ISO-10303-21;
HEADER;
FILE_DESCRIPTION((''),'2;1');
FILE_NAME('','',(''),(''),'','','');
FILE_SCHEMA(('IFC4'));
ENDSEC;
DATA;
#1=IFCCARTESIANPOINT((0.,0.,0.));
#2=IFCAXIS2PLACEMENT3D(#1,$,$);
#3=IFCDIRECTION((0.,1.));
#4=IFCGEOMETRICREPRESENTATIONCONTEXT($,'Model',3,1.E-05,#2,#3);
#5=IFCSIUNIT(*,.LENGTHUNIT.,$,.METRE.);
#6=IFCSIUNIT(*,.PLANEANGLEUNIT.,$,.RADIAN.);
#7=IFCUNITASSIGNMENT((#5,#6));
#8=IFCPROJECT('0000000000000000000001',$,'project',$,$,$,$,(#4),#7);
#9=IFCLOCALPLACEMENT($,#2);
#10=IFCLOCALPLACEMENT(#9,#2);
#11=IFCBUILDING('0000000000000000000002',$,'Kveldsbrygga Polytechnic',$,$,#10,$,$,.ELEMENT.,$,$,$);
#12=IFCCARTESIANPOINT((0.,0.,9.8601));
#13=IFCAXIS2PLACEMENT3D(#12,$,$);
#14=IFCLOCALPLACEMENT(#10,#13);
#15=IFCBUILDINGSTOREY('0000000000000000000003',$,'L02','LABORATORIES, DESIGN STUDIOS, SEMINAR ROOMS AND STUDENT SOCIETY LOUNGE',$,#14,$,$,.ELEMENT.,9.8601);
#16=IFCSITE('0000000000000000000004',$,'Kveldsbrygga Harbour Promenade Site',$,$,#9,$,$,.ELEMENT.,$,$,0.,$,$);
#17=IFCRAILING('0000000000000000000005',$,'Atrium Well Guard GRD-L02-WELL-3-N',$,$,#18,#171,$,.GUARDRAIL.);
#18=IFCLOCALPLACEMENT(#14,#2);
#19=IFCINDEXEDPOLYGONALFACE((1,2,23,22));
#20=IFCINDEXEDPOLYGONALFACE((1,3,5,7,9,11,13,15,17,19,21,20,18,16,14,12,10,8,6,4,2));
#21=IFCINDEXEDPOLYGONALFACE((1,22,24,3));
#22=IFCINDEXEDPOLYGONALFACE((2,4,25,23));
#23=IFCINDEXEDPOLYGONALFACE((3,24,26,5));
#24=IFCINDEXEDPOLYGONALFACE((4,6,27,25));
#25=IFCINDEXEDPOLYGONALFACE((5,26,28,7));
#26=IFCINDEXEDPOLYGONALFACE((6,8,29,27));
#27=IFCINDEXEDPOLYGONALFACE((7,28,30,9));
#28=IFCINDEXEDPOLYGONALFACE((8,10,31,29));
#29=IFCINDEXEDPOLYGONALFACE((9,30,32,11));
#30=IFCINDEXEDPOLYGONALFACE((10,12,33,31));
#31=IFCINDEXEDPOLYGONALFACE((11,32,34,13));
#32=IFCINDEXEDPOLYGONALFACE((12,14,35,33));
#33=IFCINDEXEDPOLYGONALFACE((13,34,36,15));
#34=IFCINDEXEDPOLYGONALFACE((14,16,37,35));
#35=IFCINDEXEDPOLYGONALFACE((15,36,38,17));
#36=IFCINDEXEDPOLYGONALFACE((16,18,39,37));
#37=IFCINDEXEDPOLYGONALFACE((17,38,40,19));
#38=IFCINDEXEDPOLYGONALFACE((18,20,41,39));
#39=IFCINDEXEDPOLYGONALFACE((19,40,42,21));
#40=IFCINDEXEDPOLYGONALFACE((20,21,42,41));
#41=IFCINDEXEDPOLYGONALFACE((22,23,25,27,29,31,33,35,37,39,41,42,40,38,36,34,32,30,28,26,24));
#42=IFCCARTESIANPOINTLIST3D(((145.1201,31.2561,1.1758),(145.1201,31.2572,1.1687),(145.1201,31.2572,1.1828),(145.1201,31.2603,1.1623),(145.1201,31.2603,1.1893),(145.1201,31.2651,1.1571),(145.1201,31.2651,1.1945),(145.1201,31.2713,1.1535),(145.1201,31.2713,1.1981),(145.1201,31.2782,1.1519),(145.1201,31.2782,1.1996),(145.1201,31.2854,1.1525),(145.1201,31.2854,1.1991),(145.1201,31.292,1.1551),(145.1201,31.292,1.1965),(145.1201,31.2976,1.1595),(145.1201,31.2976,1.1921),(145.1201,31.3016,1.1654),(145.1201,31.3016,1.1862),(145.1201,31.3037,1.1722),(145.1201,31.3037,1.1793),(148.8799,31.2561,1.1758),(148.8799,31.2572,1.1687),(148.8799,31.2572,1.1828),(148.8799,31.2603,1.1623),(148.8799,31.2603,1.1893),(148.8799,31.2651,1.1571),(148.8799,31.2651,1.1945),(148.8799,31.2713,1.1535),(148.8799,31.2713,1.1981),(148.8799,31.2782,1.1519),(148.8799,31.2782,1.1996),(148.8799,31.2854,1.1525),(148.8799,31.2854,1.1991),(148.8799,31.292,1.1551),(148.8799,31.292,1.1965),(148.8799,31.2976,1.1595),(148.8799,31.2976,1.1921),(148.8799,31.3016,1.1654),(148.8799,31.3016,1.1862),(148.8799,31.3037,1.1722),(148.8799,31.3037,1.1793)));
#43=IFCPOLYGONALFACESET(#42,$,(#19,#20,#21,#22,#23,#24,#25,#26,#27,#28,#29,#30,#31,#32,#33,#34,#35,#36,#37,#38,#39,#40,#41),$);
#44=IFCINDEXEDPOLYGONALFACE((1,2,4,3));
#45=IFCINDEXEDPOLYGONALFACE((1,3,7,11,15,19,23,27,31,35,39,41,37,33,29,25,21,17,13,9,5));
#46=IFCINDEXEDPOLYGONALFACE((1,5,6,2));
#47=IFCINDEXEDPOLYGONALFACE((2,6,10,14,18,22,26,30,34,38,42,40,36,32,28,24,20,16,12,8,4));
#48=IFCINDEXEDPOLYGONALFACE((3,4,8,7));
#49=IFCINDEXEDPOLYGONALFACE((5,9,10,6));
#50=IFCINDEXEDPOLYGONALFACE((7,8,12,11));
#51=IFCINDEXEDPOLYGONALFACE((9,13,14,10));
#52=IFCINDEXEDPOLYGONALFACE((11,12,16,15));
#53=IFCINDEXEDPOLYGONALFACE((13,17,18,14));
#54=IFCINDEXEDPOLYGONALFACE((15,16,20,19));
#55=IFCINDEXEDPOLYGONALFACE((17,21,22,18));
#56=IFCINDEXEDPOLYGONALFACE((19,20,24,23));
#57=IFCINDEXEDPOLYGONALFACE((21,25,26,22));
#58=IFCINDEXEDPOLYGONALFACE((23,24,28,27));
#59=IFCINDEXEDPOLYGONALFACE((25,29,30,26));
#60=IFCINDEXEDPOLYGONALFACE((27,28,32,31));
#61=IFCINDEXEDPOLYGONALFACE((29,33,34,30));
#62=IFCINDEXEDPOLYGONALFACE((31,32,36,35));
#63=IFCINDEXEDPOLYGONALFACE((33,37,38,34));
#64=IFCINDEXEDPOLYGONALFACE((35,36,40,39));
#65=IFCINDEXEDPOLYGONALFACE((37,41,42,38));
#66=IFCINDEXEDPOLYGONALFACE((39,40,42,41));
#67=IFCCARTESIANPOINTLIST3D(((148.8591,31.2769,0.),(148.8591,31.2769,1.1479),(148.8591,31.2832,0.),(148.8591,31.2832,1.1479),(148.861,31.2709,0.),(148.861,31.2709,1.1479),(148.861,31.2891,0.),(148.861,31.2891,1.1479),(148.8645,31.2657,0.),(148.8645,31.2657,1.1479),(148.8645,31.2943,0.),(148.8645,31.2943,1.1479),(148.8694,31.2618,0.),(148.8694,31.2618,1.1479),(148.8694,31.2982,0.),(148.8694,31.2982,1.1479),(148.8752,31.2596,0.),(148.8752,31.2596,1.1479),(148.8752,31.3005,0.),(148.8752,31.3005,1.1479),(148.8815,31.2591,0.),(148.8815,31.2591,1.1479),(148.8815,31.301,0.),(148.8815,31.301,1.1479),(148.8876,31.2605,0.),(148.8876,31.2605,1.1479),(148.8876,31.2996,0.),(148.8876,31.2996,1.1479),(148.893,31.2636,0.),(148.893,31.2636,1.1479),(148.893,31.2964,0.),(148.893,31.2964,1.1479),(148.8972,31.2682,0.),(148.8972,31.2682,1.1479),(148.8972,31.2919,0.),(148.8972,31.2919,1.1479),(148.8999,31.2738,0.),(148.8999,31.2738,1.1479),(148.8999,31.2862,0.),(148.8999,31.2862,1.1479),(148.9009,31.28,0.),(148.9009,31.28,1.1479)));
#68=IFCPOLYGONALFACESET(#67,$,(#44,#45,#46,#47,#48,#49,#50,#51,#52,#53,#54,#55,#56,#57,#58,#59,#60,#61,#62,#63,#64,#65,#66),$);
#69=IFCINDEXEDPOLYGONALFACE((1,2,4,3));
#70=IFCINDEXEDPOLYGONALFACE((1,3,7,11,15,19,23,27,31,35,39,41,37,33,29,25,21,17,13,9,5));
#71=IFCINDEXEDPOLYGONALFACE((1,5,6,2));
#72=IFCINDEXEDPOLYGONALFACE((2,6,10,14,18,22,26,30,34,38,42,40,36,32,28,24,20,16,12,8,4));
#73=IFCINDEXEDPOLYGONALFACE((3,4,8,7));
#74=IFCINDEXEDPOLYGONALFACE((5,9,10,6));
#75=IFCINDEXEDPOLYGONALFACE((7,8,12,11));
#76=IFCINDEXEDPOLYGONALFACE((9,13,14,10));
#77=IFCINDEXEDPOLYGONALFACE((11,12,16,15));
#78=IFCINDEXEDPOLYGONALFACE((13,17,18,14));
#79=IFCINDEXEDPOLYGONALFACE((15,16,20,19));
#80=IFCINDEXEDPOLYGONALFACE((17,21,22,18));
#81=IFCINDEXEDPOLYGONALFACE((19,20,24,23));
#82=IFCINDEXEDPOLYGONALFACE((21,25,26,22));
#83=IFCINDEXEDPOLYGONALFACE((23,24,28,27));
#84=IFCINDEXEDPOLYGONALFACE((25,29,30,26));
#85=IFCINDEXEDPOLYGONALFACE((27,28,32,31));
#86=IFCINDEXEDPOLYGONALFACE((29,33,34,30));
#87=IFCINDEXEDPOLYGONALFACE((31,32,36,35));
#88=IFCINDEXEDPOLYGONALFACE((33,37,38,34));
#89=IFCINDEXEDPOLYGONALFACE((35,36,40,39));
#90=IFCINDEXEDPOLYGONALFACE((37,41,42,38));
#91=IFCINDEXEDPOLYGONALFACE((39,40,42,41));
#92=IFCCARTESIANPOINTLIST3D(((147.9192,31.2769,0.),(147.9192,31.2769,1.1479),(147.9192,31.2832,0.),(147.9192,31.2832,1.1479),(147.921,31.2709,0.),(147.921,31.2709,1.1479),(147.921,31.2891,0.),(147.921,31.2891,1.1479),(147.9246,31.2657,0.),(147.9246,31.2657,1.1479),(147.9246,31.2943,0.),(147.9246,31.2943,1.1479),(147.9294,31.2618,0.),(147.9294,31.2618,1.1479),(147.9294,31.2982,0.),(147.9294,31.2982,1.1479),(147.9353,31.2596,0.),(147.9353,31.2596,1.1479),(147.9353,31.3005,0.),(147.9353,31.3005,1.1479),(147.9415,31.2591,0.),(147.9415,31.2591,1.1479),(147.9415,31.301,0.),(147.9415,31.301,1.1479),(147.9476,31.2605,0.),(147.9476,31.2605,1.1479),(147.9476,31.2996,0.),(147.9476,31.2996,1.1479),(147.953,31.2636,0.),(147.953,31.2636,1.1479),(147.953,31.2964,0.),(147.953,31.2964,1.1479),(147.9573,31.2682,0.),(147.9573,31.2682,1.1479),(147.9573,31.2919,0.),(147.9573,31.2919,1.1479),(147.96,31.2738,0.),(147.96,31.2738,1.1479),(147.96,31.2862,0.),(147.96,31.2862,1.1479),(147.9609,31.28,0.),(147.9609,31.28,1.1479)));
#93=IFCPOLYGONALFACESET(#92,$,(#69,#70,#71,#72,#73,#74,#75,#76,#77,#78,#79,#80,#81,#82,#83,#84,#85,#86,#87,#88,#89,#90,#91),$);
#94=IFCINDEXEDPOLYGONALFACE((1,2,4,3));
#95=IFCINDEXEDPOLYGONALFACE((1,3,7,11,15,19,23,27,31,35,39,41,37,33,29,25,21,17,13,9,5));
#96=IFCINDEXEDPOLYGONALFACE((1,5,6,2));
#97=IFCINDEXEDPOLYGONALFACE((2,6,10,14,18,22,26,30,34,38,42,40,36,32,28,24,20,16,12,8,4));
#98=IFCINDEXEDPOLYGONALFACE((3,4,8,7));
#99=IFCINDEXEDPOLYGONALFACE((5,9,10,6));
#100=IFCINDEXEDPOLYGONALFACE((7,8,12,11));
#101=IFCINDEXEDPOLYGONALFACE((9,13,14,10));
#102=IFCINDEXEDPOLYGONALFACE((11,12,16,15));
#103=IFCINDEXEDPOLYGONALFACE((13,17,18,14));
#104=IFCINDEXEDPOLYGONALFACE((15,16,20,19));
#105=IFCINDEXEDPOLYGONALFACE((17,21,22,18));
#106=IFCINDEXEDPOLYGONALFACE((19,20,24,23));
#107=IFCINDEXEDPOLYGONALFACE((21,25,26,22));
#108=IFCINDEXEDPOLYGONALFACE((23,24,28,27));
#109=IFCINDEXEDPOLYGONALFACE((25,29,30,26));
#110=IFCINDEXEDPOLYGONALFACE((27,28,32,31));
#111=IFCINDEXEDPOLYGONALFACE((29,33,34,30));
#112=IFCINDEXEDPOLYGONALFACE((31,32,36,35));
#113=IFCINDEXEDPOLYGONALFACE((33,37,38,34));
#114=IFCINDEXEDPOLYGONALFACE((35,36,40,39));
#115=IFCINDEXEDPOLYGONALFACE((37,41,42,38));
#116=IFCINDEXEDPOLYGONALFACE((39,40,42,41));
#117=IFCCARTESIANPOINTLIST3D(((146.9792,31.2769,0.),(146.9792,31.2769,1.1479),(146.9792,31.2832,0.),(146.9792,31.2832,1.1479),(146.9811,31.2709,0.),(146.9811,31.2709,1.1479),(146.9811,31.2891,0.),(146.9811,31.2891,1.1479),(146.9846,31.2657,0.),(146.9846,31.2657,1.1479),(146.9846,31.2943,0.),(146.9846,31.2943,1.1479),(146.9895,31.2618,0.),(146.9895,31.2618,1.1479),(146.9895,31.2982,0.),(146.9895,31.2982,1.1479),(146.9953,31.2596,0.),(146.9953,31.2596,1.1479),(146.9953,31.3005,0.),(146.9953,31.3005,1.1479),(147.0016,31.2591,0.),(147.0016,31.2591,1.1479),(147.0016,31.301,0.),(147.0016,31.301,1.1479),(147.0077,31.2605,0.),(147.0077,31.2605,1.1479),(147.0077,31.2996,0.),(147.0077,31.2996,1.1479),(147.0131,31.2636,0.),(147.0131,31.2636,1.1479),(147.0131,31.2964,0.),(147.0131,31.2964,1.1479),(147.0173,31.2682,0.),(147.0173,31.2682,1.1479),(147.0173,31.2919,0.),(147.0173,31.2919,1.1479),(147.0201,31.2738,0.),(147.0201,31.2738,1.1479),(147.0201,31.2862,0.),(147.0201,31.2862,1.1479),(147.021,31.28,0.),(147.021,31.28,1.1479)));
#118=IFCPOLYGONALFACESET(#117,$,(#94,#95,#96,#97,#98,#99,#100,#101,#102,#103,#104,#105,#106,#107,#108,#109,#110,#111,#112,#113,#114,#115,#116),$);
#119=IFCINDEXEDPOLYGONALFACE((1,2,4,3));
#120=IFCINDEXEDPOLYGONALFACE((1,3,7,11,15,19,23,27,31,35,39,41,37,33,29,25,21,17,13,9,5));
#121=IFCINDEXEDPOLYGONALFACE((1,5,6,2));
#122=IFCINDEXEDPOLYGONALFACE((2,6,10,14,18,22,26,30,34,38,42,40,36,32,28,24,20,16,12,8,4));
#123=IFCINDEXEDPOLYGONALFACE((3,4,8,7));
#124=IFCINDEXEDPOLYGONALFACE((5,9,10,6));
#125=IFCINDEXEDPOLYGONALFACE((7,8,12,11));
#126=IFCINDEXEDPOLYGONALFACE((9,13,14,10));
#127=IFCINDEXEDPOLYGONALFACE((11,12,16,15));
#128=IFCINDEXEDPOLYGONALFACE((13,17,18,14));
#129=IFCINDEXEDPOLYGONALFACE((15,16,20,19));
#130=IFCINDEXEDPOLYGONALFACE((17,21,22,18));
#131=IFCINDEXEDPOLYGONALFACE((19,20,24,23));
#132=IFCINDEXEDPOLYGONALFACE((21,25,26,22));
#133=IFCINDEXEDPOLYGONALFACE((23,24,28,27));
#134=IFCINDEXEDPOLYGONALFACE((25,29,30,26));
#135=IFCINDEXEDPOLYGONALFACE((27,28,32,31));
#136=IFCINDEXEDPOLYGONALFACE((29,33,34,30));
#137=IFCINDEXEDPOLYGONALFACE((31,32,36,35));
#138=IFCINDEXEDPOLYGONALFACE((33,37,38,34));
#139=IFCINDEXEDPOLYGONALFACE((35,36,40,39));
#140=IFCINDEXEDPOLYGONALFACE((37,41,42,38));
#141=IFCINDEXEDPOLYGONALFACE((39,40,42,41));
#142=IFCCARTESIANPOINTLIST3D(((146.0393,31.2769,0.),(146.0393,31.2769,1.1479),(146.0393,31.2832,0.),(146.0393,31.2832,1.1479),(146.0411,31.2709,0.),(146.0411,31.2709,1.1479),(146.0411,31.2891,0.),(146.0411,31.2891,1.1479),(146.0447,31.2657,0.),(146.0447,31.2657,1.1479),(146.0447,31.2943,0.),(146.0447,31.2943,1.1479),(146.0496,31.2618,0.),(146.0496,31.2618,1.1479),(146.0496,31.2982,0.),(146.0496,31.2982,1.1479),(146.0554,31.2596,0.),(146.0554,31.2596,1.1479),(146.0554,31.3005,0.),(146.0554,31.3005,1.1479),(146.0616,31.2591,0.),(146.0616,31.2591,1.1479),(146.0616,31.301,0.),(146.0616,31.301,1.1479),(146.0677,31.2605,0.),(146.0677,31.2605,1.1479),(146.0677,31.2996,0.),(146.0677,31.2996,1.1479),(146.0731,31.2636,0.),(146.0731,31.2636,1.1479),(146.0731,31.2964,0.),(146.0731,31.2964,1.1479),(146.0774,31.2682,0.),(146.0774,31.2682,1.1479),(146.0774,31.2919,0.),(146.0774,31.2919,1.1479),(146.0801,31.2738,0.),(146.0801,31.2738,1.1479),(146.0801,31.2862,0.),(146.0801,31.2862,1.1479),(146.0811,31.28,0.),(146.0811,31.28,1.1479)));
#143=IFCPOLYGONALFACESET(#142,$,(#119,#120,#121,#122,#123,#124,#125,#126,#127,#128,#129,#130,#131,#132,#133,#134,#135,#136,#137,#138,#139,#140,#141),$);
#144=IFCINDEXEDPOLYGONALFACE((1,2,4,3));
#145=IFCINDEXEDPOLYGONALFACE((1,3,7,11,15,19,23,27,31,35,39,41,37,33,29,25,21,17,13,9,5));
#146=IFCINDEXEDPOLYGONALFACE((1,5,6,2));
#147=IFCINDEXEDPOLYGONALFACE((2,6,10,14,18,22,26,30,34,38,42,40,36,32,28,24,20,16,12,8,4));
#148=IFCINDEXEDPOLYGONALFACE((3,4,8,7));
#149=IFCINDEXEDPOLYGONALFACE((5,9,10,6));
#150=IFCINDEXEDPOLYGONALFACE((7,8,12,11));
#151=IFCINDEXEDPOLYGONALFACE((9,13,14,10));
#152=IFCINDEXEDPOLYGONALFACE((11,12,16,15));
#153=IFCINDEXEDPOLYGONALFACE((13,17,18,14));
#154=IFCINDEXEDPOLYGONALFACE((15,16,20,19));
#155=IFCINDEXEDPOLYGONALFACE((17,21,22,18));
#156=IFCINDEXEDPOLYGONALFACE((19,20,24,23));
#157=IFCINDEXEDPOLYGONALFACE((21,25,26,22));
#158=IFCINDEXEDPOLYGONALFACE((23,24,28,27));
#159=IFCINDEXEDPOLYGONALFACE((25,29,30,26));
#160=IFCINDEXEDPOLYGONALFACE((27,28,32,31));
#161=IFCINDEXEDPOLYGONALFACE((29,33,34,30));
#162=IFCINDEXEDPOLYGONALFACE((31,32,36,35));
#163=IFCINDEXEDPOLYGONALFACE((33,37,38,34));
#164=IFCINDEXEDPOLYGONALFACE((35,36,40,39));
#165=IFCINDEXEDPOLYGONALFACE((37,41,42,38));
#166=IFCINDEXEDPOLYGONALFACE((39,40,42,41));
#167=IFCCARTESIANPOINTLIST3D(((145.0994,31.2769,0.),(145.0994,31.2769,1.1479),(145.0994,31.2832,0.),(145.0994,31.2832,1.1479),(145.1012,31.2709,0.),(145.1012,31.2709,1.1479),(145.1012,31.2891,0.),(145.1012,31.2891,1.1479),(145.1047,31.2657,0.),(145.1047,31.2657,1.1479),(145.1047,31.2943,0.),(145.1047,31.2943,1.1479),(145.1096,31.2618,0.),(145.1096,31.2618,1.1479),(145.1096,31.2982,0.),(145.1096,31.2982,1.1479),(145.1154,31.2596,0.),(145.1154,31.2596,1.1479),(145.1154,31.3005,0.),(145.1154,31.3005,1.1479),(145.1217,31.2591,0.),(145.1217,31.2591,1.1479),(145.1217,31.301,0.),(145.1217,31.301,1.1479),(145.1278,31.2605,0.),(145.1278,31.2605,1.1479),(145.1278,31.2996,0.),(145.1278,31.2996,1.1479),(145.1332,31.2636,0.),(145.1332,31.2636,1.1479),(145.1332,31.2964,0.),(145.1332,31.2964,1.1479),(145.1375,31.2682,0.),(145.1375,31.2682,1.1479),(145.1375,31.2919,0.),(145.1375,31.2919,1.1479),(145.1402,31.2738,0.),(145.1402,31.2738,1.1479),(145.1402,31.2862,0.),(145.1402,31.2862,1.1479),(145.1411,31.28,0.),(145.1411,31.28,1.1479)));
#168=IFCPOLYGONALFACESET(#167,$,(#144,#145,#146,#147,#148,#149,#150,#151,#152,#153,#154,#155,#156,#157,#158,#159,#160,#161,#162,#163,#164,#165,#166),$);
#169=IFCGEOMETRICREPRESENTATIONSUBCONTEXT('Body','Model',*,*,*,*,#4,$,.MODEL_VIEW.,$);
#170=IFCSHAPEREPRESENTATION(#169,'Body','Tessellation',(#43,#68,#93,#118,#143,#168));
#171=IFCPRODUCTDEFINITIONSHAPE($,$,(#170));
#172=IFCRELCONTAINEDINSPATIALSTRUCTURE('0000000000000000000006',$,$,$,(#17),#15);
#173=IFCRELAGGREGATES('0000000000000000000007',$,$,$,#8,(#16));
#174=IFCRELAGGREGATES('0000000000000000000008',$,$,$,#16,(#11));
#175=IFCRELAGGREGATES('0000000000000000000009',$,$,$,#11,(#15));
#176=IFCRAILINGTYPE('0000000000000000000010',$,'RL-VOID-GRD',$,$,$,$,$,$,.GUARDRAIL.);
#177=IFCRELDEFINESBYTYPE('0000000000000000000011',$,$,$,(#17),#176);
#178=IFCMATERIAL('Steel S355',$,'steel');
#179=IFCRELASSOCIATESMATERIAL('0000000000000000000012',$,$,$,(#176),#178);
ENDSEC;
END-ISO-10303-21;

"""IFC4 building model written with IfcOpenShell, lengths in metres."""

from ifc_helpers import new_model, si_unit, direction, frame, origin, origin_2d, place, context, subcontext, project, spatial, circle, extrude, material, type_object, element, save


model = new_model("IFC4")

# Units and contexts
model_context = context("Model", 3, precision=1e-05, world=origin(), true_north=direction((0.0, 1.0)))
body_context = subcontext(model_context, "Body", "Model", "MODEL_VIEW")
ifc_project = project(units=[si_unit("LENGTHUNIT", "METRE"), si_unit("PLANEANGLEUNIT", "RADIAN")], contexts=[model_context])

# Site, building, storey
site_placement = place(None, origin())
site = spatial("IfcSite", under=ifc_project, at=site_placement, Name="Kveldsbrygga Harbour Promenade Site", CompositionType="ELEMENT", RefElevation=0.0)
building_placement = place(site_placement, origin())
building = spatial("IfcBuilding", under=site, at=building_placement, Name="Kveldsbrygga Polytechnic", CompositionType="ELEMENT")
storey_placement = place(building_placement, frame((0.0, 0.0, 9.8601)))
storey = spatial("IfcBuildingStorey", under=building, at=storey_placement, Name="L02", Description="LABORATORIES, DESIGN STUDIOS, SEMINAR ROOMS AND STUDENT SOCIETY LOUNGE", CompositionType="ELEMENT", Elevation=9.8601)

# Shared definitions
ifc_material_1 = material(Name="Steel S355", Category="steel")

# Railing
railing_type_1 = type_object("IfcRailingType", Name="RL-VOID-GRD", PredefinedType="GUARDRAIL", material=ifc_material_1)
railing_1_placement = place(storey_placement, frame((148.8799, 31.28, 0.0)))
element("IfcRailing", 1, at=railing_1_placement, inside=storey, type_object=railing_type_1, Name="Atrium Well Guard GRD-L02-WELL-3-N", PredefinedType="GUARDRAIL", context=body_context, shape_type="SweptSolid", body=[
    extrude(circle(Radius=0.0239, at=origin_2d()), frame((0.0, 0.0, 1.1758), z_axis=(-1.0, 0.0, 0.0), x_axis=(0.0, -1.0, 0.0)), (0.0, 0.0, 1.0), 3.7598),
    extrude(circle(Radius=0.021, at=origin_2d()), origin(), (0.0, 0.0, 1.0), 1.1479),
    extrude(circle(Radius=0.021, at=origin_2d()), frame((-0.9399, 0.0, 0.0)), (0.0, 0.0, 1.0), 1.1479),
    extrude(circle(Radius=0.021, at=origin_2d()), frame((-1.8799, 0.0, 0.0)), (0.0, 0.0, 1.0), 1.1479),
    extrude(circle(Radius=0.021, at=origin_2d()), frame((-2.8198, 0.0, 0.0)), (0.0, 0.0, 1.0), 1.1479),
    extrude(circle(Radius=0.021, at=origin_2d()), frame((-3.7598, 0.0, 0.0)), (0.0, 0.0, 1.0), 1.1479),
])

save(model, "model.ifc")
